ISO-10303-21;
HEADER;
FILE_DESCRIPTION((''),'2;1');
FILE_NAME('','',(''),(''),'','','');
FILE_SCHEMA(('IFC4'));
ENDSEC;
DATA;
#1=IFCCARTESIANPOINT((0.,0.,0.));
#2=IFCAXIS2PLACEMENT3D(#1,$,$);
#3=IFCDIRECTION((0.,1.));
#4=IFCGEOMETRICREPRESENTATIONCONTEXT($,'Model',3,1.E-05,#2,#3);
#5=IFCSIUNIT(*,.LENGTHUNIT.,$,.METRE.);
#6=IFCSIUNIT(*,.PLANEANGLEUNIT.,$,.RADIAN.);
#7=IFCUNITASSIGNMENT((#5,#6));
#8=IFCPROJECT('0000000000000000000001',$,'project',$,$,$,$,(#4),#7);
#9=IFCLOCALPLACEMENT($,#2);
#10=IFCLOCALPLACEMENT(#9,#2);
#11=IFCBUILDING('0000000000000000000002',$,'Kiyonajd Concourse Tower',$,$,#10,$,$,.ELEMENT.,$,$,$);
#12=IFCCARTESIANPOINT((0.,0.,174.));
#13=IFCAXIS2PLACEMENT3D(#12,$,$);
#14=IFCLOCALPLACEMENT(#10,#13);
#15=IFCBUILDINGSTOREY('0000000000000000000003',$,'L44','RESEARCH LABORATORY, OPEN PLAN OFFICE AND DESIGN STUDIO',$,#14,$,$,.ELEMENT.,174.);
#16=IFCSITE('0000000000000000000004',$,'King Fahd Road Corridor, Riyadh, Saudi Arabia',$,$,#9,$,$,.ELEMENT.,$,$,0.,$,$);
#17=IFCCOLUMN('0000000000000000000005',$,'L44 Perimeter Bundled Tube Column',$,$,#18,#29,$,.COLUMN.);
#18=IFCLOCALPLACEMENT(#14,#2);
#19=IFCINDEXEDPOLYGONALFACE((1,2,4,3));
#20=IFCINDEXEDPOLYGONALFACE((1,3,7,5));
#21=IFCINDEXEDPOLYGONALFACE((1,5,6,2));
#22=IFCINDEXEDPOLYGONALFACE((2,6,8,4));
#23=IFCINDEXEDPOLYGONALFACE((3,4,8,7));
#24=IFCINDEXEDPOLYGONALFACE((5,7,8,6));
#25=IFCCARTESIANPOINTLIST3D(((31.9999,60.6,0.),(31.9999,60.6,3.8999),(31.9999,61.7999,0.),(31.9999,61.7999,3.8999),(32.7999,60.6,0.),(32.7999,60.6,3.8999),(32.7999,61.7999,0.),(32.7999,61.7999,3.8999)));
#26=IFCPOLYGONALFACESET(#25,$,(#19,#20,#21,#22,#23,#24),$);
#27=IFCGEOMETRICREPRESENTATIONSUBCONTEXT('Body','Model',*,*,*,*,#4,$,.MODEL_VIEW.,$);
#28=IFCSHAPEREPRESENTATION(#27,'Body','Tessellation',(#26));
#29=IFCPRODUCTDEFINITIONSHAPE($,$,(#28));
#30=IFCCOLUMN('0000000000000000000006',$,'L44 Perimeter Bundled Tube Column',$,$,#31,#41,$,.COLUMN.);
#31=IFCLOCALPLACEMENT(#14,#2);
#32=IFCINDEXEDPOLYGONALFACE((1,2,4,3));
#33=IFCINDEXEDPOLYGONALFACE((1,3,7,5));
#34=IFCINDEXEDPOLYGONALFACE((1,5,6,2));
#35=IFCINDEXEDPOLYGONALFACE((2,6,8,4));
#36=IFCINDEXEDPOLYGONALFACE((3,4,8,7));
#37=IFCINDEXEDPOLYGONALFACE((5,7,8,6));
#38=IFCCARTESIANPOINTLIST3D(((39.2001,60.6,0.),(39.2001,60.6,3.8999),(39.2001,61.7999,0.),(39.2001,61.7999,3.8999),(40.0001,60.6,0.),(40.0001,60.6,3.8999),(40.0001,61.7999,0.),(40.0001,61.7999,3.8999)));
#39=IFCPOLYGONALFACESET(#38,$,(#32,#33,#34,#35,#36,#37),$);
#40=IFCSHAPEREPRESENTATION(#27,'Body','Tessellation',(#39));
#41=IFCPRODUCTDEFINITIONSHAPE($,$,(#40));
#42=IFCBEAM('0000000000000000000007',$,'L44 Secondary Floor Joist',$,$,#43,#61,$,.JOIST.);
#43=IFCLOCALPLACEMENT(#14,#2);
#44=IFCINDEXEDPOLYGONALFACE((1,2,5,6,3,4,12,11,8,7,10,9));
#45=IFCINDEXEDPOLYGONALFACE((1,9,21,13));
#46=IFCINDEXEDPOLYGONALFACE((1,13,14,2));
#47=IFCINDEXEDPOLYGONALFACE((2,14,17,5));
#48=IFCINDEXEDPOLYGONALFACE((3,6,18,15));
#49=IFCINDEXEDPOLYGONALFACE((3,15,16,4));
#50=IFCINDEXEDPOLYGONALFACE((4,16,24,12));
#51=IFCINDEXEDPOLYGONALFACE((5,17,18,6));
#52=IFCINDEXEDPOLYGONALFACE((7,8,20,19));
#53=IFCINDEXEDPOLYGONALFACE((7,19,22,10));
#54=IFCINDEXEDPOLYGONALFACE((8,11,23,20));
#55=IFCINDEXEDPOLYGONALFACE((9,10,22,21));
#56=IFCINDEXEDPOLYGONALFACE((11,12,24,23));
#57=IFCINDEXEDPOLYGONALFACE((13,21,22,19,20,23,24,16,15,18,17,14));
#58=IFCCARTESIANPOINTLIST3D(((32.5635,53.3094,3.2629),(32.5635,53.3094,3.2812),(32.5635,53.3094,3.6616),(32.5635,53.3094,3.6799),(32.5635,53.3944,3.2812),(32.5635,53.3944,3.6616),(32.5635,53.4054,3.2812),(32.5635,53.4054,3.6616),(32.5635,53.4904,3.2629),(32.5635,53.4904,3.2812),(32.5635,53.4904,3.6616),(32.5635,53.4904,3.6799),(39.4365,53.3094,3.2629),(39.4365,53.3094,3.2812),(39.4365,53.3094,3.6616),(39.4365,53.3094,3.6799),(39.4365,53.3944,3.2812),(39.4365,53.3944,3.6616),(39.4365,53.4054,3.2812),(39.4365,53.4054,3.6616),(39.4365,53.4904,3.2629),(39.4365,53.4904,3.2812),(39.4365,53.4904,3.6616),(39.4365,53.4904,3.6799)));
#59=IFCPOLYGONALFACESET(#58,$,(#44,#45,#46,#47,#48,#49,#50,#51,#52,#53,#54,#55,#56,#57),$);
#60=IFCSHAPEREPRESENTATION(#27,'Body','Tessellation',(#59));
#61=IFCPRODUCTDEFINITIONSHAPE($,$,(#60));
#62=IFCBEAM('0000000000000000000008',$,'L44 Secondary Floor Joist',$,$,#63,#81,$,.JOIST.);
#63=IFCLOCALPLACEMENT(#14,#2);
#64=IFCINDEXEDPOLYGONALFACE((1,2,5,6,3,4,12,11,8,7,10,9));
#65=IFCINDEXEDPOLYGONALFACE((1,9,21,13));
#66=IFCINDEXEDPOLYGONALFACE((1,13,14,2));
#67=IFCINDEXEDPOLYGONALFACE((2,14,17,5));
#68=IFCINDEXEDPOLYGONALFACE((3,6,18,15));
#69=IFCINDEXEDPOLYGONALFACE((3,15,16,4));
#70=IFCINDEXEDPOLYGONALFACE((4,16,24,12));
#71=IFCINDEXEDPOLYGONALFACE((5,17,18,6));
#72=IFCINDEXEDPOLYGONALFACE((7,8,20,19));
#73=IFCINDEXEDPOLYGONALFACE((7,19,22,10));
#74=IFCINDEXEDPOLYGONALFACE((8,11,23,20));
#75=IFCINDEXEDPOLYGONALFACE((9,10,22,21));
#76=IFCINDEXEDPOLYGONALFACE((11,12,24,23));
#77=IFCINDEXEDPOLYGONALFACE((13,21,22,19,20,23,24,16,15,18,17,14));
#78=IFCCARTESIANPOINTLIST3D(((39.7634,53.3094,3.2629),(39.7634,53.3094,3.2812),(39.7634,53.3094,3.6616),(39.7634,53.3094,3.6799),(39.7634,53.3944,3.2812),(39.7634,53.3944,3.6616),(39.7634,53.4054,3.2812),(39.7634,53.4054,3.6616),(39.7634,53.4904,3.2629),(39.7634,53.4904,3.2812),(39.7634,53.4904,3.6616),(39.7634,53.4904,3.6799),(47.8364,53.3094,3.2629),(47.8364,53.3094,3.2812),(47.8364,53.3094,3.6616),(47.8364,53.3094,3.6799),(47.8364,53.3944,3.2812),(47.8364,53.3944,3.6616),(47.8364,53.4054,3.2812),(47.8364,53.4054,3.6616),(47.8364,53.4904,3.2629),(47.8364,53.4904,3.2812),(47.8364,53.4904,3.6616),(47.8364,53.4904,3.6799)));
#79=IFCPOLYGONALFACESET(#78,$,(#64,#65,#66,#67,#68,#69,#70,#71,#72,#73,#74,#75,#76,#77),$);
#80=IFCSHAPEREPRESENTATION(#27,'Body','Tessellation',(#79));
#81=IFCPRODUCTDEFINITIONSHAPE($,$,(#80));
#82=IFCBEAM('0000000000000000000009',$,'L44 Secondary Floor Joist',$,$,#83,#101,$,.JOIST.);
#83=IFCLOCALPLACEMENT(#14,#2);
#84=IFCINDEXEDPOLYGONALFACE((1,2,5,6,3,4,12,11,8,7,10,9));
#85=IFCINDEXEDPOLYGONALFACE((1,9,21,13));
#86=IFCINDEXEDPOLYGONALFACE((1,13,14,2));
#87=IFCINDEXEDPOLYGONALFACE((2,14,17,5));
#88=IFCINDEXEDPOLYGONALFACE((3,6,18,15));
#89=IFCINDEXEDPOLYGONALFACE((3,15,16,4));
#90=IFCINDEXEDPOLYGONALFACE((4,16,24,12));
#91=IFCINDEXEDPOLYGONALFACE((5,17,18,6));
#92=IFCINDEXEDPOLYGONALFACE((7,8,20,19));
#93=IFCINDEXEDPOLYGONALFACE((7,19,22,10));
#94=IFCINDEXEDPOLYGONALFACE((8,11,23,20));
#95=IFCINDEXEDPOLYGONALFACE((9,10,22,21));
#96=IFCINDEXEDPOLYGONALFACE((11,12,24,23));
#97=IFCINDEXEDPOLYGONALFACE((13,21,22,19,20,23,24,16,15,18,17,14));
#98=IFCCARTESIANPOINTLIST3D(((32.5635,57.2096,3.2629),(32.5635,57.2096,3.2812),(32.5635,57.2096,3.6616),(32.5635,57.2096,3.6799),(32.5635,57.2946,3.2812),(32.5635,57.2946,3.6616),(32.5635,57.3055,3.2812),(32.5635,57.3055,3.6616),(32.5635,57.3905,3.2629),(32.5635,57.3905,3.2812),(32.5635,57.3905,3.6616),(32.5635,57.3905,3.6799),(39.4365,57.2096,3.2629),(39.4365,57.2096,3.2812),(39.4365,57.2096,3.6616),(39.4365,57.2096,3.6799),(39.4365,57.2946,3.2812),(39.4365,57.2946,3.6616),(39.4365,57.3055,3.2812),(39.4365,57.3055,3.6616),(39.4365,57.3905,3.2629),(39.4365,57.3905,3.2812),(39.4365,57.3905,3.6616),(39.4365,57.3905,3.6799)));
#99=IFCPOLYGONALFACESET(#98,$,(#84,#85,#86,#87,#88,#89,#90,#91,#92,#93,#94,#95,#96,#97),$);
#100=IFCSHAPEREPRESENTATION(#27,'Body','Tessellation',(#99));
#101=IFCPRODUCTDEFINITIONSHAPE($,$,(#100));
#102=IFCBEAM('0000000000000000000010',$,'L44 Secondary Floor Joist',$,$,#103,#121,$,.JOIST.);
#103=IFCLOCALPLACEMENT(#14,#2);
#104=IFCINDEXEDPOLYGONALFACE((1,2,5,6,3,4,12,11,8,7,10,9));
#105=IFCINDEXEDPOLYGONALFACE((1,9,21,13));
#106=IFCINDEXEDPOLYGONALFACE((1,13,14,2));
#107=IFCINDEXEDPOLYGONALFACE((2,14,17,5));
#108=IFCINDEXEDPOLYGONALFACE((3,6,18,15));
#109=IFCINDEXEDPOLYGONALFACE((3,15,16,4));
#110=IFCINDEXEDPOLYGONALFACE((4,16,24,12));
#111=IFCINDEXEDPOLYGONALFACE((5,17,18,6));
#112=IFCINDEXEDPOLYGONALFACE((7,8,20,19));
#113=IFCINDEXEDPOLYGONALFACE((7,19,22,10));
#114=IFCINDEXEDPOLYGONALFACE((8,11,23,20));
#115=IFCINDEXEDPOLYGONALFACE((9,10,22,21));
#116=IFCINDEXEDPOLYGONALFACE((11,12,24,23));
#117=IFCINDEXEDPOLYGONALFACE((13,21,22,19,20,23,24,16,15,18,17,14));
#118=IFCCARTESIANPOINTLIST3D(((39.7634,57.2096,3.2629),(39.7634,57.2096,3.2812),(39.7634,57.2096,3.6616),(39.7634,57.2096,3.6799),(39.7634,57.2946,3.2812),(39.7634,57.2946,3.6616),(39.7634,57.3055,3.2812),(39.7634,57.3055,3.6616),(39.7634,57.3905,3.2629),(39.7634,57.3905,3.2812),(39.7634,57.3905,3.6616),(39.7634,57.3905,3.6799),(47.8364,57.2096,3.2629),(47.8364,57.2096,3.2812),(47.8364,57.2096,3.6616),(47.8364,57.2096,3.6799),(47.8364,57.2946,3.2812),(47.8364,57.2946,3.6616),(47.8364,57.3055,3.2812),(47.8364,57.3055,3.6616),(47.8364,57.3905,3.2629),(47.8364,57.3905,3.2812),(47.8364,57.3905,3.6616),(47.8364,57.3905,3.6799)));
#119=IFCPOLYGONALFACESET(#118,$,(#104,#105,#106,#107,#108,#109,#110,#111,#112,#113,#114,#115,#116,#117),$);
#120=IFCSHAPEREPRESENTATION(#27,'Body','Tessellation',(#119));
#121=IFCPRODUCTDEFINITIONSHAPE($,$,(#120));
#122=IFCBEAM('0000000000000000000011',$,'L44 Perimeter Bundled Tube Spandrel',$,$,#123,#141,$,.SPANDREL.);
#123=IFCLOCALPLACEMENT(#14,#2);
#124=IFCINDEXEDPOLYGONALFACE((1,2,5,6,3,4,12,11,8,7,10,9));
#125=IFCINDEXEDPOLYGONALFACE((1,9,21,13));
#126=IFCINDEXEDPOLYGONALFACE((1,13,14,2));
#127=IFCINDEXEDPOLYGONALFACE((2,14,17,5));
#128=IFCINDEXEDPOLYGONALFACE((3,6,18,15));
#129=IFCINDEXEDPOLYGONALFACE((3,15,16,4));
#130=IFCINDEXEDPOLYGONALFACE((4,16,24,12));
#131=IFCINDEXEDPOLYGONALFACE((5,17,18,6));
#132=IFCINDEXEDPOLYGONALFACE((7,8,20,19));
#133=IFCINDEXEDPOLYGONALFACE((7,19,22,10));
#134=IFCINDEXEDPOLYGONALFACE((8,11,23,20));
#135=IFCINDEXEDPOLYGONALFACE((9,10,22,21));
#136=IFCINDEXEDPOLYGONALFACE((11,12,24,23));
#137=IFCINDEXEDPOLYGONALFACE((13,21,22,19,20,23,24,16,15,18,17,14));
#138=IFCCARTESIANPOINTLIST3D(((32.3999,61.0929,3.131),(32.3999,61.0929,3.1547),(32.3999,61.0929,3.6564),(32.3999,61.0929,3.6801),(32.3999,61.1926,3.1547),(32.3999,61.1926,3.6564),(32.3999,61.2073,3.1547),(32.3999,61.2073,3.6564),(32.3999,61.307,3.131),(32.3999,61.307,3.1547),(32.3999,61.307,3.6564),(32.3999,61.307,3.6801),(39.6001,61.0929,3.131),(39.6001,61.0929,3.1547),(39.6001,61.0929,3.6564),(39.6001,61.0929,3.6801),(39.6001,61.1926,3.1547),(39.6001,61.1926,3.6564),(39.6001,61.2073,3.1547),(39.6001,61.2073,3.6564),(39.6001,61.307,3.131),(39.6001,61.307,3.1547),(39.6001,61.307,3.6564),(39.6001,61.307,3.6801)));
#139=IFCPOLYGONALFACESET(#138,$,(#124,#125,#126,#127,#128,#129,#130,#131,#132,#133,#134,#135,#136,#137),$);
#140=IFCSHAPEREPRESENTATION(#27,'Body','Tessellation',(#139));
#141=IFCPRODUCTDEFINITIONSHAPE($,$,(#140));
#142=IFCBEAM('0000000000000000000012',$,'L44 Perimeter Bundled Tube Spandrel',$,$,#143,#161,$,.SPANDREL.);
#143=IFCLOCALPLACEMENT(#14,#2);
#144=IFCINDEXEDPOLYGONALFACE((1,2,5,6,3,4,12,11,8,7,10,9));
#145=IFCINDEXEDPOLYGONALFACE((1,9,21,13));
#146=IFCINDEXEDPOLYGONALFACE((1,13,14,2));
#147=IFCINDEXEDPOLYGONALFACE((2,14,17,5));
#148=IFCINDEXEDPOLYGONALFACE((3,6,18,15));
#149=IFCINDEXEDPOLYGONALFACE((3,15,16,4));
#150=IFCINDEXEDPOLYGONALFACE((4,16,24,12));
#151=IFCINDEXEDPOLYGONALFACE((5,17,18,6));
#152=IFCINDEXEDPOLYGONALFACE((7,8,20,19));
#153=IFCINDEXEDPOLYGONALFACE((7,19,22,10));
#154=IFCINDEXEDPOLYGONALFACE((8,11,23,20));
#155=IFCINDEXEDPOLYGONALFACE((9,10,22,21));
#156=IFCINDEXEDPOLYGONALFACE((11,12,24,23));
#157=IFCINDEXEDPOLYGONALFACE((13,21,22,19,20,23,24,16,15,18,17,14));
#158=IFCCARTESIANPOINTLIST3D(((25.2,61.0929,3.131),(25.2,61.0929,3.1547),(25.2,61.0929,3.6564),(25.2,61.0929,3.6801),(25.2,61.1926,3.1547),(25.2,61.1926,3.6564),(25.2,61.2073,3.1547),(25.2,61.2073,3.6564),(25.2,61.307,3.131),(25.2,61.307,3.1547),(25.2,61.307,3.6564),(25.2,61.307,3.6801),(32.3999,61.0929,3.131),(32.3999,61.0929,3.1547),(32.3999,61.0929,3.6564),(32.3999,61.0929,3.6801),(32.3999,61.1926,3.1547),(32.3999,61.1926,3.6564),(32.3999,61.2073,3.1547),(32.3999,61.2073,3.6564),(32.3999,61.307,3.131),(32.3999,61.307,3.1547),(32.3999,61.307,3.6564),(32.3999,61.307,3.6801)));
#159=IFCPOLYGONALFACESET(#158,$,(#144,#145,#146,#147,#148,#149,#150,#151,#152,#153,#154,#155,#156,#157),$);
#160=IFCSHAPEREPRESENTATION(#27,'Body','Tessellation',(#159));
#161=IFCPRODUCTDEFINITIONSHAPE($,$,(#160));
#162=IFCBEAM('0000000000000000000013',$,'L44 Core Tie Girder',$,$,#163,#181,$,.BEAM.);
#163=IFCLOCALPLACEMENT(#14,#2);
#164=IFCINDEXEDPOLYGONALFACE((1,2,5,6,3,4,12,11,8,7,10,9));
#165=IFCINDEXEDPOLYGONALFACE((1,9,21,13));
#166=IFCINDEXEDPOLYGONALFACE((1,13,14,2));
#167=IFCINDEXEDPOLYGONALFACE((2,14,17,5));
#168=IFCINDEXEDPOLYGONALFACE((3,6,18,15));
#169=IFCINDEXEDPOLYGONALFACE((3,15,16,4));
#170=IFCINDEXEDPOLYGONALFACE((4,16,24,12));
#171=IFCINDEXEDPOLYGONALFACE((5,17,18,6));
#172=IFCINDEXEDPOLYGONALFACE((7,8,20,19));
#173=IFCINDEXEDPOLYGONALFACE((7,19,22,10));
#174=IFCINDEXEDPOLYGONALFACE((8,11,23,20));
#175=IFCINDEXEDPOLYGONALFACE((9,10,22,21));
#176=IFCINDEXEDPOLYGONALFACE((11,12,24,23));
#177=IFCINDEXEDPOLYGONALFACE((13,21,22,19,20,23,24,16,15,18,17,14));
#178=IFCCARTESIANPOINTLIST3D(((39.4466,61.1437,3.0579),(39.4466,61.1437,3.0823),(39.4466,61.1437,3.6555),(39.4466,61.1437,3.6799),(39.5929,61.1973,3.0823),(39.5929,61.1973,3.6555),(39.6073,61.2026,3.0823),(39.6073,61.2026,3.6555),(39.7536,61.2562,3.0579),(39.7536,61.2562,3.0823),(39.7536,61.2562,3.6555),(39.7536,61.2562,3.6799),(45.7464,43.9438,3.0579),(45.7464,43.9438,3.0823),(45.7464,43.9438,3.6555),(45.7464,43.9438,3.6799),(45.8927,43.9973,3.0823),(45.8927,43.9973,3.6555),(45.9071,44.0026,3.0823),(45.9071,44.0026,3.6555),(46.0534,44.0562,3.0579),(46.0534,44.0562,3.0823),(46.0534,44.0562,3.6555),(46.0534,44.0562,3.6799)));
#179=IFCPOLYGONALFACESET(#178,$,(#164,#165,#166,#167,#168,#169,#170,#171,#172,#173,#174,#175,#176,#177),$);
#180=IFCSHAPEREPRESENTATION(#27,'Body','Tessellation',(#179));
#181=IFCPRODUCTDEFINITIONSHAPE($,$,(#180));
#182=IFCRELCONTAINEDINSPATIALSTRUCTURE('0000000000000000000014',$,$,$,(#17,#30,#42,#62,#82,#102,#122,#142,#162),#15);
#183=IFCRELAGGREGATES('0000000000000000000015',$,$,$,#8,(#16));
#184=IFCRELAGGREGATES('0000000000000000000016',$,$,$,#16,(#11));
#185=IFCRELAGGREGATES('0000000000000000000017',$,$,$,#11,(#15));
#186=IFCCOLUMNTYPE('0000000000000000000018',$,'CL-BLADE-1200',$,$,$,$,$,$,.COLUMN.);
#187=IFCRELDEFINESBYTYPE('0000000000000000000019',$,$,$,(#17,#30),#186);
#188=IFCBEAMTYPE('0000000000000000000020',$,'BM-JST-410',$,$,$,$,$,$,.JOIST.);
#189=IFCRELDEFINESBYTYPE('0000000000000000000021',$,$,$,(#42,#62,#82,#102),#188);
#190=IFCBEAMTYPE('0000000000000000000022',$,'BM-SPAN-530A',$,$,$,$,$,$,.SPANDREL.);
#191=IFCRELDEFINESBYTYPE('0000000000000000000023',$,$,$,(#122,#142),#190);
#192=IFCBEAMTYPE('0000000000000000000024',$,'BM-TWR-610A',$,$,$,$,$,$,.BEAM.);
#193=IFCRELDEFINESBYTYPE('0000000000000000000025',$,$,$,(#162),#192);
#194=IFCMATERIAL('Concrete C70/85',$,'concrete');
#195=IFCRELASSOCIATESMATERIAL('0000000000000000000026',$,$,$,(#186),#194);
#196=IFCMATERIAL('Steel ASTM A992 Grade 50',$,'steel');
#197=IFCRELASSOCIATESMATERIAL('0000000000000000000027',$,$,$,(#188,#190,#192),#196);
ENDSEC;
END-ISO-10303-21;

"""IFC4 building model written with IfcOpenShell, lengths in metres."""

from ifc_helpers import new_model, si_unit, direction, frame, origin, origin_2d, place, context, subcontext, project, spatial, rectangle, i_section, extrude, material, material_profile, profile_set, type_object, element, save


model = new_model("IFC4")

# Units and contexts
model_context = context("Model", 3, precision=1e-05, world=origin(), true_north=direction((0.0, 1.0)))
body_context = subcontext(model_context, "Body", "Model", "MODEL_VIEW")
ifc_project = project(units=[si_unit("LENGTHUNIT", "METRE"), si_unit("PLANEANGLEUNIT", "RADIAN")], contexts=[model_context])

# Site, building, storey
site_placement = place(None, origin())
site = spatial("IfcSite", under=ifc_project, at=site_placement, Name="King Fahd Road Corridor, Riyadh, Saudi Arabia", CompositionType="ELEMENT", RefElevation=0.0)
building_placement = place(site_placement, origin())
building = spatial("IfcBuilding", under=site, at=building_placement, Name="Kiyonajd Concourse Tower", CompositionType="ELEMENT")
storey_placement = place(building_placement, frame((0.0, 0.0, 174.0)))
storey = spatial("IfcBuildingStorey", under=building, at=storey_placement, Name="L44", Description="RESEARCH LABORATORY, OPEN PLAN OFFICE AND DESIGN STUDIO", CompositionType="ELEMENT", Elevation=174.0)

# Columns
ifc_material_1 = material(Name="Concrete C70/85", Category="concrete")
ifc_material_profile_1 = material_profile(ifc_material_1, rectangle(XDim=0.8, YDim=1.2, at=origin_2d()), Name="RC-1200x800")
ifc_profile_set_1 = profile_set([ifc_material_profile_1], Name="Concrete C70/85")
column_type = type_object("IfcColumnType", Name="CL-BLADE-1200", PredefinedType="COLUMN", material=ifc_profile_set_1)
for number, where, z_axis, x_axis, name in (
    (1, (32.3999, 61.2, 0.0), (0.0, 0.0, 1.0), (1.0, 0.0, 0.0), "L44 Perimeter Bundled Tube Column"),
    (2, (39.6001, 61.2, 0.0), (0.0, 0.0, 1.0), (1.0, 0.0, 0.0), "L44 Perimeter Bundled Tube Column"),
):
    element("IfcColumn", number, at=place(storey_placement, frame(where, z_axis=z_axis, x_axis=x_axis)), inside=storey, type_object=column_type, Name=name, PredefinedType="COLUMN", context=body_context, shape_type="SweptSolid", body=[
        extrude(rectangle(XDim=0.8, YDim=1.2, at=origin_2d()), origin(), (0.0, 0.0, 1.0), 3.8999),
    ])

# Beams
ifc_material_2 = material(Name="Steel ASTM A992 Grade 50", Category="steel")
ifc_material_profile_2 = material_profile(ifc_material_2, i_section(OverallWidth=0.1809, OverallDepth=0.417, WebThickness=0.011, FlangeThickness=0.0183, at=origin_2d()), Name="W410X85")
ifc_profile_set_2 = profile_set([ifc_material_profile_2], Name="Steel ASTM A992 Grade 50")
beam_type_1 = type_object("IfcBeamType", Name="BM-JST-410", PredefinedType="JOIST", material=ifc_profile_set_2)
beam_1_placement = place(storey_placement, frame((32.5635, 53.3999, 3.4714), z_axis=(1.0, 0.0, 0.0), x_axis=(0.0, 1.0, 0.0)))
element("IfcBeam", 3, at=beam_1_placement, inside=storey, type_object=beam_type_1, Name="L44 Secondary Floor Joist", PredefinedType="JOIST", context=body_context, shape_type="SweptSolid", body=[
    extrude(i_section(OverallWidth=0.1809, OverallDepth=0.417, WebThickness=0.011, FlangeThickness=0.0183, at=origin_2d()), origin(), (0.0, 0.0, 1.0), 6.873),
])
beam_2_placement = place(storey_placement, frame((39.7634, 53.3999, 3.4714), z_axis=(1.0, 0.0, 0.0), x_axis=(0.0, 1.0, 0.0)))
element("IfcBeam", 4, at=beam_2_placement, inside=storey, type_object=beam_type_1, Name="L44 Secondary Floor Joist", PredefinedType="JOIST", context=body_context, shape_type="SweptSolid", body=[
    extrude(i_section(OverallWidth=0.1809, OverallDepth=0.417, WebThickness=0.011, FlangeThickness=0.0183, at=origin_2d()), origin(), (0.0, 0.0, 1.0), 8.073),
])
beam_3_placement = place(storey_placement, frame((32.5635, 57.3, 3.4714), z_axis=(1.0, 0.0, 0.0), x_axis=(0.0, 1.0, 0.0)))
element("IfcBeam", 5, at=beam_3_placement, inside=storey, type_object=beam_type_1, Name="L44 Secondary Floor Joist", PredefinedType="JOIST", context=body_context, shape_type="SweptSolid", body=[
    extrude(i_section(OverallWidth=0.1809, OverallDepth=0.417, WebThickness=0.011, FlangeThickness=0.0183, at=origin_2d()), origin(), (0.0, 0.0, 1.0), 6.873),
])
beam_4_placement = place(storey_placement, frame((39.7634, 57.3, 3.4714), z_axis=(1.0, 0.0, 0.0), x_axis=(0.0, 1.0, 0.0)))
element("IfcBeam", 6, at=beam_4_placement, inside=storey, type_object=beam_type_1, Name="L44 Secondary Floor Joist", PredefinedType="JOIST", context=body_context, shape_type="SweptSolid", body=[
    extrude(i_section(OverallWidth=0.1809, OverallDepth=0.417, WebThickness=0.011, FlangeThickness=0.0183, at=origin_2d()), origin(), (0.0, 0.0, 1.0), 8.073),
])
ifc_material_profile_3 = material_profile(ifc_material_2, i_section(OverallWidth=0.2141, OverallDepth=0.5491, WebThickness=0.0146, FlangeThickness=0.0237, at=origin_2d()), Name="W530X138")
ifc_profile_set_3 = profile_set([ifc_material_profile_3], Name="Steel ASTM A992 Grade 50")
beam_type_2 = type_object("IfcBeamType", Name="BM-SPAN-530A", PredefinedType="SPANDREL", material=ifc_profile_set_3)
beam_5_placement = place(storey_placement, frame((39.6001, 61.2, 3.4055), z_axis=(-1.0, 0.0, 0.0), x_axis=(0.0, -1.0, 0.0)))
element("IfcBeam", 7, at=beam_5_placement, inside=storey, type_object=beam_type_2, Name="L44 Perimeter Bundled Tube Spandrel", PredefinedType="SPANDREL", context=body_context, shape_type="SweptSolid", body=[
    extrude(i_section(OverallWidth=0.2141, OverallDepth=0.5491, WebThickness=0.0146, FlangeThickness=0.0237, at=origin_2d()), origin(), (0.0, 0.0, 1.0), 7.2002),
])
beam_6_placement = place(storey_placement, frame((32.3999, 61.2, 3.4055), z_axis=(-1.0, 0.0, 0.0), x_axis=(0.0, -1.0, 0.0)))
element("IfcBeam", 8, at=beam_6_placement, inside=storey, type_object=beam_type_2, Name="L44 Perimeter Bundled Tube Spandrel", PredefinedType="SPANDREL", context=body_context, shape_type="SweptSolid", body=[
    extrude(i_section(OverallWidth=0.2141, OverallDepth=0.5491, WebThickness=0.0146, FlangeThickness=0.0237, at=origin_2d()), origin(), (0.0, 0.0, 1.0), 7.2),
])
ifc_material_profile_4 = material_profile(ifc_material_2, i_section(OverallWidth=0.3269, OverallDepth=0.6221, WebThickness=0.0154, FlangeThickness=0.0244, at=origin_2d()), Name="W610X195")
ifc_profile_set_4 = profile_set([ifc_material_profile_4], Name="Steel ASTM A992 Grade 50")
beam_type_3 = type_object("IfcBeamType", Name="BM-TWR-610A", PredefinedType="BEAM", material=ifc_profile_set_4)
beam_7_placement = place(storey_placement, frame((39.6001, 61.2, 3.3689), z_axis=(0.343925, -0.938997, 0.0), x_axis=(0.938997, 0.343925, 0.0)))
element("IfcBeam", 9, at=beam_7_placement, inside=storey, type_object=beam_type_3, Name="L44 Core Tie Girder", PredefinedType="BEAM", context=body_context, shape_type="SweptSolid", body=[
    extrude(i_section(OverallWidth=0.3269, OverallDepth=0.6221, WebThickness=0.0154, FlangeThickness=0.0244, at=origin_2d()), origin(), (0.0, 0.0, 1.0), 18.3174),
])

save(model, "model.ifc")
